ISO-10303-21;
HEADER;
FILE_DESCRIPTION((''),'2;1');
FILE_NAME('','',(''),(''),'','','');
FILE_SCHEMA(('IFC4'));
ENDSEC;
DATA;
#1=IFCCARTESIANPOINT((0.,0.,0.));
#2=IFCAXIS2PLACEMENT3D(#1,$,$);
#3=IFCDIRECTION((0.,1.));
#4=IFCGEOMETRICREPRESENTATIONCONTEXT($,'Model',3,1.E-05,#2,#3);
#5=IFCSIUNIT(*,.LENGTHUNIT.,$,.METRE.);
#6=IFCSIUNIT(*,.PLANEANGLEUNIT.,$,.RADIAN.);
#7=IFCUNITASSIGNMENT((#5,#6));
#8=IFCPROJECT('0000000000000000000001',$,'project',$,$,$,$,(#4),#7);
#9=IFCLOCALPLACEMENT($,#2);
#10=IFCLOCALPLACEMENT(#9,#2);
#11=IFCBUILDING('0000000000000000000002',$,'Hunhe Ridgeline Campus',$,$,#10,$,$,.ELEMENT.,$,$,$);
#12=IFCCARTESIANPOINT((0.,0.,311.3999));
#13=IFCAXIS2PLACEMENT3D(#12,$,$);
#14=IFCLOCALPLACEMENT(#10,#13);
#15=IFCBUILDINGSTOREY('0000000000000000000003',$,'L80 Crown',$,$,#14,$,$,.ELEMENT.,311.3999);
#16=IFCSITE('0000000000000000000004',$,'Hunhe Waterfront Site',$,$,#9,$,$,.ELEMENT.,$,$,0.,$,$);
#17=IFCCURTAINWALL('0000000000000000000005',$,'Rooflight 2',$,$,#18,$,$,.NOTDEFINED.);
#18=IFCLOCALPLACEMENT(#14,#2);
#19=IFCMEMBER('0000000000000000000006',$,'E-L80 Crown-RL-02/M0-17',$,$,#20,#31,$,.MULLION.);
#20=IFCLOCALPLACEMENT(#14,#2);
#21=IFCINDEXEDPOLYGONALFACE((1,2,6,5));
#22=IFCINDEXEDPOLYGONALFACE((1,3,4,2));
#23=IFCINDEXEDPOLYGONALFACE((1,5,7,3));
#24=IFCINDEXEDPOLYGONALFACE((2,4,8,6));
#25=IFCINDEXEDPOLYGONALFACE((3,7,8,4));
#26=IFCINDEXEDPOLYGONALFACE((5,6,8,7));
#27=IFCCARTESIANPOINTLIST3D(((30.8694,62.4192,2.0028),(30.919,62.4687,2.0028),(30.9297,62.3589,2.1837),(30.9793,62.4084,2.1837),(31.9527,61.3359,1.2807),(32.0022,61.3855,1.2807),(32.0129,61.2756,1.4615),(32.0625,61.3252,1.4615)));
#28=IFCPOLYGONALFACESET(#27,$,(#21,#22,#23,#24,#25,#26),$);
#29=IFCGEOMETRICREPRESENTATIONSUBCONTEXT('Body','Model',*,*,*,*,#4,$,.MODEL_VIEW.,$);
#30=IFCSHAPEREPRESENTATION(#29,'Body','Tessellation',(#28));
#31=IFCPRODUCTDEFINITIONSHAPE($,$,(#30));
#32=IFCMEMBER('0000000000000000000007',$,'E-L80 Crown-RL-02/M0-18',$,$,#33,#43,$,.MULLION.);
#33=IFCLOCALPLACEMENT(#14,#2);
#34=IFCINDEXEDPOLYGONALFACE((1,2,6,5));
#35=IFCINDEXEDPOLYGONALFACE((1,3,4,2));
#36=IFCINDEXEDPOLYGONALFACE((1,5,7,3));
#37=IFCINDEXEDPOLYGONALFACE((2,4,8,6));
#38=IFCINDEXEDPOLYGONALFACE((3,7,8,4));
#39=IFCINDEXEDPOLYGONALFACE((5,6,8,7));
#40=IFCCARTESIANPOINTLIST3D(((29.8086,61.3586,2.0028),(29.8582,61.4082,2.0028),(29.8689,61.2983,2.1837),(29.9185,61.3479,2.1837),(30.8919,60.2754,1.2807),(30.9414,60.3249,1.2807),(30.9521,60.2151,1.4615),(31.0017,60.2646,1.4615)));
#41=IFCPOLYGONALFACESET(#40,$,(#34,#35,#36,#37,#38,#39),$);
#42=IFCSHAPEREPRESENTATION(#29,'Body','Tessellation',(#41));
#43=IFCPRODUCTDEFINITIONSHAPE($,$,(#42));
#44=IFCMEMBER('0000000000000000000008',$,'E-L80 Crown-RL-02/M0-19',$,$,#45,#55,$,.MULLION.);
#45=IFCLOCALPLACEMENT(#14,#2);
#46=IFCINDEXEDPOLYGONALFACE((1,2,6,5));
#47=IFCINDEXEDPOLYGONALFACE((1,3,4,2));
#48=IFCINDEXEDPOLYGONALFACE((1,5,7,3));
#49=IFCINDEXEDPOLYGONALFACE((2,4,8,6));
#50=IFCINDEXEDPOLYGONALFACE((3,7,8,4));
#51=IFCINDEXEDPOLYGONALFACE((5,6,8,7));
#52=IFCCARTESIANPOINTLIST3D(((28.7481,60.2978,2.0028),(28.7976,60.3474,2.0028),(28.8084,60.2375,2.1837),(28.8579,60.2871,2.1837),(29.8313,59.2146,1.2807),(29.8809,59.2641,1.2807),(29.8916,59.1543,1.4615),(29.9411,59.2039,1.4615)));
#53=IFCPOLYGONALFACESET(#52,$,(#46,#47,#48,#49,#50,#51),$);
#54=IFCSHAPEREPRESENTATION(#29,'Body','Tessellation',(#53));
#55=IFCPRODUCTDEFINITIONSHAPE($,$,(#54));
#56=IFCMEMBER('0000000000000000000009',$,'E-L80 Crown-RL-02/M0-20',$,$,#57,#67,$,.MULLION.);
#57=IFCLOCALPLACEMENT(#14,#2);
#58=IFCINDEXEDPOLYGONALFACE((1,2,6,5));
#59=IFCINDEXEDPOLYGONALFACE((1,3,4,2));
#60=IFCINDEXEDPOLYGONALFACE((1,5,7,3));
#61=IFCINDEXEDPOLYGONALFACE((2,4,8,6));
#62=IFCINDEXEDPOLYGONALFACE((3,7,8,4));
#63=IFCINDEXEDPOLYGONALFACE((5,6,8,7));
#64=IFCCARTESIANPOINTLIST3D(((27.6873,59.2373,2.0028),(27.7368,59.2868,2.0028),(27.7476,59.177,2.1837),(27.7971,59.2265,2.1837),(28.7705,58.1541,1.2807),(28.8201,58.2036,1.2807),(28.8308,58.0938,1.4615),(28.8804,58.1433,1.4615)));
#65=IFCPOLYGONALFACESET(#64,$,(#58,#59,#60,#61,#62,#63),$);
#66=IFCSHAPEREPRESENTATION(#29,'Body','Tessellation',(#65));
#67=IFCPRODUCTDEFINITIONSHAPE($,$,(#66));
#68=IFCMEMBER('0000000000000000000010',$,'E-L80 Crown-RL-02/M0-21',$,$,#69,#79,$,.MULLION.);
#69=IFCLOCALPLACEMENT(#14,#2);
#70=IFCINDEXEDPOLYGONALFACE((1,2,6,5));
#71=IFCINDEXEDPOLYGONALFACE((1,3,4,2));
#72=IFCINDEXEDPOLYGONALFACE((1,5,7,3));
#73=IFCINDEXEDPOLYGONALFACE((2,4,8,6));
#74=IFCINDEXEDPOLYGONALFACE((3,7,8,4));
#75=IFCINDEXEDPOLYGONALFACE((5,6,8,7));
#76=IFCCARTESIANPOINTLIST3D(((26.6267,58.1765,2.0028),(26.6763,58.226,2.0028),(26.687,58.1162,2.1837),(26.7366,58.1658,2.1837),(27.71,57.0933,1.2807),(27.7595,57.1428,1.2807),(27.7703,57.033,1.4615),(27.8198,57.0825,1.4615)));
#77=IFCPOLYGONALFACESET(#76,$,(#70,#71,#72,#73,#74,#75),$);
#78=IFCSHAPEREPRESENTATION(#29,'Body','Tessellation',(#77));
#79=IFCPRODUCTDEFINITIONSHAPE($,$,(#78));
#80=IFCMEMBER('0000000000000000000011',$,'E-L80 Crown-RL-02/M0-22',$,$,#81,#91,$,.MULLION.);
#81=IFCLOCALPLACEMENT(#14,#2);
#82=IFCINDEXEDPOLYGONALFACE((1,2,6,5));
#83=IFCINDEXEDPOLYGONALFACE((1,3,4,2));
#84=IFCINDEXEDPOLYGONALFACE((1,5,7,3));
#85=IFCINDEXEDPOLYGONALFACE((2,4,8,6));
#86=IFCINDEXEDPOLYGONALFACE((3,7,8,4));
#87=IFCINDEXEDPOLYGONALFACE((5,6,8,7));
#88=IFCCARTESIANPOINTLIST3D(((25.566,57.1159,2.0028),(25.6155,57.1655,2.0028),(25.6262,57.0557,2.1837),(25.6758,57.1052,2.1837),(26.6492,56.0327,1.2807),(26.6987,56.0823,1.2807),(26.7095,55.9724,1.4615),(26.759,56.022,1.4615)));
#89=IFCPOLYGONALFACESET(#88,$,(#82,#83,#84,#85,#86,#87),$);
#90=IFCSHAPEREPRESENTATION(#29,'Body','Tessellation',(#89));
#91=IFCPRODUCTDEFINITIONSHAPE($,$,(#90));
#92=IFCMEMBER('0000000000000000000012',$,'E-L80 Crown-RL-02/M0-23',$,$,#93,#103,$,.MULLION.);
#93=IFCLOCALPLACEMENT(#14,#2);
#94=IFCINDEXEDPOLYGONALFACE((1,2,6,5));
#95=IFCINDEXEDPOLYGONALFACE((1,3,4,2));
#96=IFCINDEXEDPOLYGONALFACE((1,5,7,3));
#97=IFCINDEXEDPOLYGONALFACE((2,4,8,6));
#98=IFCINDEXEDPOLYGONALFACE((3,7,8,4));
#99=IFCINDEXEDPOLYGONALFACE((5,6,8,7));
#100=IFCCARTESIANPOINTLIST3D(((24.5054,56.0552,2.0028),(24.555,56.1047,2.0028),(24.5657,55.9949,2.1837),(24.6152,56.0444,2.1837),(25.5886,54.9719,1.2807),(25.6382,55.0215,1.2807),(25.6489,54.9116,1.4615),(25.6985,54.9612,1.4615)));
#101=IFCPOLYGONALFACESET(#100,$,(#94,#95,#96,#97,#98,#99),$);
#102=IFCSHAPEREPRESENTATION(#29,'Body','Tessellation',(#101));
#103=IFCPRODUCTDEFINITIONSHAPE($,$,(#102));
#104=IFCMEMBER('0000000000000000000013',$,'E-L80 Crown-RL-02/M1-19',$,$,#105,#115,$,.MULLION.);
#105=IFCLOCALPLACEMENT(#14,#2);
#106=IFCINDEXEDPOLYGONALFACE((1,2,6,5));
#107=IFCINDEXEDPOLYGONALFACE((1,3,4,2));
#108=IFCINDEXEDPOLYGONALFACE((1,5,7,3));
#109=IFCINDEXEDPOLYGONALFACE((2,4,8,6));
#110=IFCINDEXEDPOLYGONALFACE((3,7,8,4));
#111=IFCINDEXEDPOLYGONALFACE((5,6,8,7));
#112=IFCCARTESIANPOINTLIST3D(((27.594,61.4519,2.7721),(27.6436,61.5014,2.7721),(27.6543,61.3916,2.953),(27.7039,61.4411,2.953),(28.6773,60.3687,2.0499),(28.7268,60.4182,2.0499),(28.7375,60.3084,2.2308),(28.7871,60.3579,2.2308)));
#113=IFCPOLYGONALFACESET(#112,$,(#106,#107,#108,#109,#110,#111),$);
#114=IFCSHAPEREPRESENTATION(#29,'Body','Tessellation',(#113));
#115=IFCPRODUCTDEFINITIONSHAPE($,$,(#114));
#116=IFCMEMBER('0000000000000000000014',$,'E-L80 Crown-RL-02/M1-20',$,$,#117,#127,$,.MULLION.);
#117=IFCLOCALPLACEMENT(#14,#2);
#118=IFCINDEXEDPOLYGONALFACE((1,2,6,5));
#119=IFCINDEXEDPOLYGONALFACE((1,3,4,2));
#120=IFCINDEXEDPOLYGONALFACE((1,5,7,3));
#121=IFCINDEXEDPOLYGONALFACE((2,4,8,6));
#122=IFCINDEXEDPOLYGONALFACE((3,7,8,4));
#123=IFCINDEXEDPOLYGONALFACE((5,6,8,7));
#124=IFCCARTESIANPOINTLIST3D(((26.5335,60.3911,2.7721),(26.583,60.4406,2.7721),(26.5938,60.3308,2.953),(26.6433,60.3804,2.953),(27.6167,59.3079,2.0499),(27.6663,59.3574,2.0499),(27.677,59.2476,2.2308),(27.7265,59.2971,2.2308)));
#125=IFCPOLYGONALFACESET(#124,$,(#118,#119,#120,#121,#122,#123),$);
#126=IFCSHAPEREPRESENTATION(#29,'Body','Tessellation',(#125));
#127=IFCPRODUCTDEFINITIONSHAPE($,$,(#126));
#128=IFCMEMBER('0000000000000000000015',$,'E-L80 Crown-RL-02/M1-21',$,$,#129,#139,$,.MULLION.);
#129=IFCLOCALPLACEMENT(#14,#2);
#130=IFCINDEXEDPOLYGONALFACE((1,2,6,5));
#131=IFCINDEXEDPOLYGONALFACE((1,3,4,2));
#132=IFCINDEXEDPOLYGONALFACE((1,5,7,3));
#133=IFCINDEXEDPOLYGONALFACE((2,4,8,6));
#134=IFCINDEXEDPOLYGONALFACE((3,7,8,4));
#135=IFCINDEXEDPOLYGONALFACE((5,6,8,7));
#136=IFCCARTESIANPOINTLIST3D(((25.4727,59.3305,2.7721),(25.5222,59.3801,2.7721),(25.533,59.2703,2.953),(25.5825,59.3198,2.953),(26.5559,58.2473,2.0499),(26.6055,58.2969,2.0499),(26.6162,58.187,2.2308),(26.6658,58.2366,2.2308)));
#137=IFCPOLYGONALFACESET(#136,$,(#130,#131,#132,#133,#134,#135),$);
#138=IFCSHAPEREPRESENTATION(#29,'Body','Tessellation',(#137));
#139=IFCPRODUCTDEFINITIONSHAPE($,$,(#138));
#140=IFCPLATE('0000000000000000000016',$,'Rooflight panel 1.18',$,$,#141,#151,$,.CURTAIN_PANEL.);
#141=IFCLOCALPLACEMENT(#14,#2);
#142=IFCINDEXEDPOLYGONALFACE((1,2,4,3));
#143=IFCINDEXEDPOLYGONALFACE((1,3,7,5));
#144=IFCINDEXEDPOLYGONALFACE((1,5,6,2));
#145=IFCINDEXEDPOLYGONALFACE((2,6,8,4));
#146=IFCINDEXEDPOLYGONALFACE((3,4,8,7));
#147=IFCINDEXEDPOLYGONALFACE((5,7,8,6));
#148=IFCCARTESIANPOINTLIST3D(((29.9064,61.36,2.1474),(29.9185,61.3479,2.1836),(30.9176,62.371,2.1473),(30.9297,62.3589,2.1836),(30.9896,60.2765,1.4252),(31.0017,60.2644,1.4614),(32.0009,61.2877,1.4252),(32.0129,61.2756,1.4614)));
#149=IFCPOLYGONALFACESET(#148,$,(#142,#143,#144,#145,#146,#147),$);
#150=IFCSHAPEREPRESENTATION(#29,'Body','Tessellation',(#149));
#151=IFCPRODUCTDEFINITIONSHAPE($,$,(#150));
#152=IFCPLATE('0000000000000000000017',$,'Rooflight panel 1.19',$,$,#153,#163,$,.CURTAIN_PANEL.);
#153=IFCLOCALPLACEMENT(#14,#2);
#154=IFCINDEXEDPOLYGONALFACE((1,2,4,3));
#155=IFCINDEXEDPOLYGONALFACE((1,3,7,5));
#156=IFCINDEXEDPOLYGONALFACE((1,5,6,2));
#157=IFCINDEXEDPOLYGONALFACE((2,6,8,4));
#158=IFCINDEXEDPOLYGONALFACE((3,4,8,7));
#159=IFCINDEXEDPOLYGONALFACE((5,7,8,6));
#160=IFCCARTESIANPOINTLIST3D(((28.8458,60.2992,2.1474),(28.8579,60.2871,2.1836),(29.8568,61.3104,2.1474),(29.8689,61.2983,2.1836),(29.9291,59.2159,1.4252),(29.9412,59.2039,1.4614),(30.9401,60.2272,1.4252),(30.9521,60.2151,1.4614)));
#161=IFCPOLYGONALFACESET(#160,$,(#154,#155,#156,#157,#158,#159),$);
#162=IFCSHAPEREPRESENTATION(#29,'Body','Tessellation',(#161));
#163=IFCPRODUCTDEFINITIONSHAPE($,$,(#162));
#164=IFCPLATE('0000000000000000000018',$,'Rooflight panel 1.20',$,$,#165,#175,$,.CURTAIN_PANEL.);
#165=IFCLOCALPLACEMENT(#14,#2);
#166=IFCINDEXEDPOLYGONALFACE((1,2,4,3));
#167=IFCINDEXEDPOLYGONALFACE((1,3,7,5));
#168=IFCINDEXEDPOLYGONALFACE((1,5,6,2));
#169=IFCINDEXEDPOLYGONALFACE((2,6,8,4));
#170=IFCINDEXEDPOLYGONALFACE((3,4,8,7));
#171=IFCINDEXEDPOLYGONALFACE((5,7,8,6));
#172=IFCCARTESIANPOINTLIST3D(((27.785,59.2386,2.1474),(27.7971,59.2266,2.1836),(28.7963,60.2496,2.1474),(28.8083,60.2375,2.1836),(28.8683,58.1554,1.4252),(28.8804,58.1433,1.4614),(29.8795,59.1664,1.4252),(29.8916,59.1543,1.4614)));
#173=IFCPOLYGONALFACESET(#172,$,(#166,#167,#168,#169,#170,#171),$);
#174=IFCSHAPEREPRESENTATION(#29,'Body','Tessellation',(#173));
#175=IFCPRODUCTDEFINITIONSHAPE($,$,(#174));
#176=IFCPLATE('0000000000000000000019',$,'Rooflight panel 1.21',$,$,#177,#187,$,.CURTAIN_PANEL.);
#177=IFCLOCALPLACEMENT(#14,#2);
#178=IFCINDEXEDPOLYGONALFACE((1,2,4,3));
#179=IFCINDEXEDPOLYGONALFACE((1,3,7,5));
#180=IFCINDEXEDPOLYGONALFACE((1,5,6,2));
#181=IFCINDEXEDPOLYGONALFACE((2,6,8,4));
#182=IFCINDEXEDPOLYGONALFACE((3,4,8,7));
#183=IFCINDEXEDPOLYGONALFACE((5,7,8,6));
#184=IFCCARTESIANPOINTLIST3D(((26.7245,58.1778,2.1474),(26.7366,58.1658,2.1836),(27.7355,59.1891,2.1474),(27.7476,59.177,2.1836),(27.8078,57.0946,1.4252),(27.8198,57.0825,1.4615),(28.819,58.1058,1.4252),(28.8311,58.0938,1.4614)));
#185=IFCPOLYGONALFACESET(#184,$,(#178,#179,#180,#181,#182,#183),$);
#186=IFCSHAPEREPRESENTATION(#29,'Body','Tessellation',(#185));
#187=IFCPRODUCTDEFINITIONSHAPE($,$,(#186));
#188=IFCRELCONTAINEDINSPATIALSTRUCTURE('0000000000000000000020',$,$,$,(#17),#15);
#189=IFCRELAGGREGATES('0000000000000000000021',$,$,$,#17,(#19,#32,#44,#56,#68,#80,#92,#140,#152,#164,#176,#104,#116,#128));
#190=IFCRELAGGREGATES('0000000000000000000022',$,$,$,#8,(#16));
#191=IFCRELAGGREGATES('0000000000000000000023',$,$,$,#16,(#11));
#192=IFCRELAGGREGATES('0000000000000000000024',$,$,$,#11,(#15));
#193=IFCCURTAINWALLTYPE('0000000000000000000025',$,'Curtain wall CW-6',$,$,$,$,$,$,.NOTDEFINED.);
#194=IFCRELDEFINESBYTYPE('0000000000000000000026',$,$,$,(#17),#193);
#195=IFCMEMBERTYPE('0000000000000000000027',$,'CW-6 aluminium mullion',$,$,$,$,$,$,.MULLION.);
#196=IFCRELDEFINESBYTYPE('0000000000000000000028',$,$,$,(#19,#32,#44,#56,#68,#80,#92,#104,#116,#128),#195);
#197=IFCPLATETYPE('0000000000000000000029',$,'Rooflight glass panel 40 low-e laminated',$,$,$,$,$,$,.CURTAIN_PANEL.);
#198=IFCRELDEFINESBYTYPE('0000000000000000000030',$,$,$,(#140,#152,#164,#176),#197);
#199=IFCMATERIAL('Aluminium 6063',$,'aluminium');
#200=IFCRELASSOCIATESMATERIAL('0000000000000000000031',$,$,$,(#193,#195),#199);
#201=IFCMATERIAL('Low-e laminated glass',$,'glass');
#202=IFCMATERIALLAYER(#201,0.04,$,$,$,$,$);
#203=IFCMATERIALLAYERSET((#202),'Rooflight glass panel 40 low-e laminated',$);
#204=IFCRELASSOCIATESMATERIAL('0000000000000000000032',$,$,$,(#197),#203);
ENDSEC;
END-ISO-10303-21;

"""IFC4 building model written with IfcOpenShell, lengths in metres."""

from ifc_helpers import new_model, si_unit, direction, frame, origin, origin_2d, place, context, subcontext, project, spatial, polyline, rectangle, outline, extrude, material, layer, layer_set, material_profile, profile_set, type_object, element, aggregate, save


model = new_model("IFC4")

# Units and contexts
model_context = context("Model", 3, precision=1e-05, world=origin(), true_north=direction((0.0, 1.0)))
body_context = subcontext(model_context, "Body", "Model", "MODEL_VIEW")
ifc_project = project(units=[si_unit("LENGTHUNIT", "METRE"), si_unit("PLANEANGLEUNIT", "RADIAN")], contexts=[model_context])

# Site, building, storey
site_placement = place(None, origin())
site = spatial("IfcSite", under=ifc_project, at=site_placement, Name="Hunhe Waterfront Site", CompositionType="ELEMENT", RefElevation=0.0)
building_placement = place(site_placement, origin())
building = spatial("IfcBuilding", under=site, at=building_placement, Name="Hunhe Ridgeline Campus", CompositionType="ELEMENT")
storey_placement = place(building_placement, frame((0.0, 0.0, 311.3999)))
storey = spatial("IfcBuildingStorey", under=building, at=storey_placement, Name="L80 Crown", CompositionType="ELEMENT", Elevation=311.3999)

# Curtain wall, members, plates
ifc_material_1 = material(Name="Aluminium 6063", Category="aluminium")
curtain_wall_type = type_object("IfcCurtainWallType", Name="Curtain wall CW-6", PredefinedType="NOTDEFINED", material=ifc_material_1)
curtain_wall_placement = place(storey_placement, origin())
curtain_wall = element("IfcCurtainWall", 1, at=curtain_wall_placement, inside=storey, type_object=curtain_wall_type, Name="Rooflight 2", PredefinedType="NOTDEFINED")
ifc_material_profile = material_profile(ifc_material_1, rectangle(XDim=0.0701, YDim=0.2, at=origin_2d()))
ifc_profile_set = profile_set([ifc_material_profile], Name="Aluminium 6063")
member_type = type_object("IfcMemberType", Name="CW-6 aluminium mullion", PredefinedType="MULLION", material=ifc_profile_set)
member_1_placement = place(storey_placement, frame((32.0076, 61.3306, 1.3711), z_axis=(-0.639602, 0.639602, 0.426401), x_axis=(-0.707107, -0.707107, 0.0)))
member_1 = element("IfcMember", 2, at=member_1_placement, type_object=member_type, Name="E-L80 Crown-RL-02/M0-17", PredefinedType="MULLION", context=body_context, shape_type="SweptSolid", body=[
    extrude(rectangle(XDim=0.0701, YDim=0.2, at=origin_2d()), origin(), (0.0, 0.0, 1.0), 1.6936),
])
member_2_placement = place(storey_placement, frame((30.9468, 60.27, 1.3711), z_axis=(-0.639602, 0.639602, 0.426401), x_axis=(-0.707107, -0.707107, 0.0)))
member_2 = element("IfcMember", 3, at=member_2_placement, type_object=member_type, Name="E-L80 Crown-RL-02/M0-18", PredefinedType="MULLION", context=body_context, shape_type="SweptSolid", body=[
    extrude(rectangle(XDim=0.0701, YDim=0.2, at=origin_2d()), origin(), (0.0, 0.0, 1.0), 1.6936),
])
member_3_placement = place(storey_placement, frame((29.8862, 59.2092, 1.3711), z_axis=(-0.639602, 0.639602, 0.426401), x_axis=(-0.707107, -0.707107, 0.0)))
member_3 = element("IfcMember", 4, at=member_3_placement, type_object=member_type, Name="E-L80 Crown-RL-02/M0-19", PredefinedType="MULLION", context=body_context, shape_type="SweptSolid", body=[
    extrude(rectangle(XDim=0.0701, YDim=0.2, at=origin_2d()), origin(), (0.0, 0.0, 1.0), 1.6936),
])
member_4_placement = place(storey_placement, frame((28.8254, 58.1487, 1.3711), z_axis=(-0.639602, 0.639602, 0.426401), x_axis=(-0.707107, -0.707107, 0.0)))
member_4 = element("IfcMember", 5, at=member_4_placement, type_object=member_type, Name="E-L80 Crown-RL-02/M0-20", PredefinedType="MULLION", context=body_context, shape_type="SweptSolid", body=[
    extrude(rectangle(XDim=0.0701, YDim=0.2, at=origin_2d()), origin(), (0.0, 0.0, 1.0), 1.6936),
])
member_5_placement = place(storey_placement, frame((27.7649, 57.0879, 1.3711), z_axis=(-0.639602, 0.639602, 0.426401), x_axis=(-0.707107, -0.707107, 0.0)))
member_5 = element("IfcMember", 6, at=member_5_placement, type_object=member_type, Name="E-L80 Crown-RL-02/M0-21", PredefinedType="MULLION", context=body_context, shape_type="SweptSolid", body=[
    extrude(rectangle(XDim=0.0701, YDim=0.2, at=origin_2d()), origin(), (0.0, 0.0, 1.0), 1.6936),
])
member_6_placement = place(storey_placement, frame((26.7041, 56.0273, 1.3711), z_axis=(-0.639602, 0.639602, 0.426401), x_axis=(-0.707107, -0.707107, 0.0)))
member_6 = element("IfcMember", 7, at=member_6_placement, type_object=member_type, Name="E-L80 Crown-RL-02/M0-22", PredefinedType="MULLION", context=body_context, shape_type="SweptSolid", body=[
    extrude(rectangle(XDim=0.0701, YDim=0.2, at=origin_2d()), origin(), (0.0, 0.0, 1.0), 1.6936),
])
member_7_placement = place(storey_placement, frame((25.6436, 54.9666, 1.3711), z_axis=(-0.639602, 0.639602, 0.426401), x_axis=(-0.707107, -0.707107, 0.0)))
member_7 = element("IfcMember", 8, at=member_7_placement, type_object=member_type, Name="E-L80 Crown-RL-02/M0-23", PredefinedType="MULLION", context=body_context, shape_type="SweptSolid", body=[
    extrude(rectangle(XDim=0.0701, YDim=0.2, at=origin_2d()), origin(), (0.0, 0.0, 1.0), 1.6936),
])
member_8_placement = place(storey_placement, frame((28.7322, 60.3633, 2.1404), z_axis=(-0.639602, 0.639602, 0.426401), x_axis=(-0.707107, -0.707107, 0.0)))
member_8 = element("IfcMember", 9, at=member_8_placement, type_object=member_type, Name="E-L80 Crown-RL-02/M1-19", PredefinedType="MULLION", context=body_context, shape_type="SweptSolid", body=[
    extrude(rectangle(XDim=0.0701, YDim=0.2, at=origin_2d()), origin(), (0.0, 0.0, 1.0), 1.6936),
])
member_9_placement = place(storey_placement, frame((27.6716, 59.3025, 2.1404), z_axis=(-0.639602, 0.639602, 0.426401), x_axis=(-0.707107, -0.707107, 0.0)))
member_9 = element("IfcMember", 10, at=member_9_placement, type_object=member_type, Name="E-L80 Crown-RL-02/M1-20", PredefinedType="MULLION", context=body_context, shape_type="SweptSolid", body=[
    extrude(rectangle(XDim=0.0701, YDim=0.2, at=origin_2d()), origin(), (0.0, 0.0, 1.0), 1.6936),
])
member_10_placement = place(storey_placement, frame((26.6108, 58.2419, 2.1404), z_axis=(-0.639602, 0.639602, 0.426401), x_axis=(-0.707107, -0.707107, 0.0)))
member_10 = element("IfcMember", 11, at=member_10_placement, type_object=member_type, Name="E-L80 Crown-RL-02/M1-21", PredefinedType="MULLION", context=body_context, shape_type="SweptSolid", body=[
    extrude(rectangle(XDim=0.0701, YDim=0.2, at=origin_2d()), origin(), (0.0, 0.0, 1.0), 1.6936),
])
ifc_material_2 = material(Name="Low-e laminated glass", Category="glass")
ifc_layer = layer(ifc_material_2, 0.04)
ifc_layer_set = layer_set([ifc_layer], Name="Rooflight glass panel 40 low-e laminated")
plate_type = type_object("IfcPlateType", Name="Rooflight glass panel 40 low-e laminated", PredefinedType="CURTAIN_PANEL", material=ifc_layer_set)
plate_1_placement = place(storey_placement, frame((32.0129, 61.2756, 1.4614), z_axis=(0.301479, -0.301516, 0.904543), x_axis=(-0.639609, 0.639609, 0.426382)))
plate_1 = element("IfcPlate", 12, at=plate_1_placement, type_object=plate_type, Name="Rooflight panel 1.18", PredefinedType="CURTAIN_PANEL", context=body_context, shape_type="SweptSolid", body=[
    extrude(outline(polyline([(0.0, 0.0), (1.6936, 0.0), (1.6938, 1.4299), (0.0, 1.4301), (0.0, 0.0)])), origin(), (0.0, 0.0, -1.0), 0.04),
])
plate_2_placement = place(storey_placement, frame((30.9521, 60.2151, 1.4614), z_axis=(0.301548, -0.301475, 0.904534), x_axis=(-0.639602, 0.639602, 0.426401)))
plate_2 = element("IfcPlate", 13, at=plate_2_placement, type_object=plate_type, Name="Rooflight panel 1.19", PredefinedType="CURTAIN_PANEL", context=body_context, shape_type="SweptSolid", body=[
    extrude(outline(polyline([(0.0, 0.0), (1.6936, 0.0), (1.6935, 1.4299), (-0.0002, 1.4299), (0.0, 0.0)])), origin(), (0.0, 0.0, -1.0), 0.04),
])
plate_3_placement = place(storey_placement, frame((29.8916, 59.1543, 1.4614), z_axis=(0.301475, -0.301548, 0.904534), x_axis=(-0.639602, 0.639602, 0.426401)))
plate_3 = element("IfcPlate", 14, at=plate_3_placement, type_object=plate_type, Name="Rooflight panel 1.20", PredefinedType="CURTAIN_PANEL", context=body_context, shape_type="SweptSolid", body=[
    extrude(outline(polyline([(0.0, 0.0), (1.6936, 0.0), (1.6938, 1.4299), (0.0002, 1.4299), (0.0, 0.0)])), origin(), (0.0, 0.0, -1.0), 0.04),
])
plate_4_placement = place(storey_placement, frame((28.8311, 58.0938, 1.4614), z_axis=(0.301516, -0.301479, 0.904543), x_axis=(-0.639681, 0.639537, 0.426382)))
plate_4 = element("IfcPlate", 15, at=plate_4_placement, type_object=plate_type, Name="Rooflight panel 1.21", PredefinedType="CURTAIN_PANEL", context=body_context, shape_type="SweptSolid", body=[
    extrude(outline(polyline([(0.0, 0.0), (1.6938, 0.0), (1.6938, 1.4299), (0.0001, 1.4301), (0.0, 0.0)])), origin(), (0.0, 0.0, -1.0), 0.04),
])
aggregate(curtain_wall, [member_1, member_2, member_3, member_4, member_5, member_6, member_7, plate_1, plate_2, plate_3, plate_4, member_8, member_9, member_10])

save(model, "model.ifc")
